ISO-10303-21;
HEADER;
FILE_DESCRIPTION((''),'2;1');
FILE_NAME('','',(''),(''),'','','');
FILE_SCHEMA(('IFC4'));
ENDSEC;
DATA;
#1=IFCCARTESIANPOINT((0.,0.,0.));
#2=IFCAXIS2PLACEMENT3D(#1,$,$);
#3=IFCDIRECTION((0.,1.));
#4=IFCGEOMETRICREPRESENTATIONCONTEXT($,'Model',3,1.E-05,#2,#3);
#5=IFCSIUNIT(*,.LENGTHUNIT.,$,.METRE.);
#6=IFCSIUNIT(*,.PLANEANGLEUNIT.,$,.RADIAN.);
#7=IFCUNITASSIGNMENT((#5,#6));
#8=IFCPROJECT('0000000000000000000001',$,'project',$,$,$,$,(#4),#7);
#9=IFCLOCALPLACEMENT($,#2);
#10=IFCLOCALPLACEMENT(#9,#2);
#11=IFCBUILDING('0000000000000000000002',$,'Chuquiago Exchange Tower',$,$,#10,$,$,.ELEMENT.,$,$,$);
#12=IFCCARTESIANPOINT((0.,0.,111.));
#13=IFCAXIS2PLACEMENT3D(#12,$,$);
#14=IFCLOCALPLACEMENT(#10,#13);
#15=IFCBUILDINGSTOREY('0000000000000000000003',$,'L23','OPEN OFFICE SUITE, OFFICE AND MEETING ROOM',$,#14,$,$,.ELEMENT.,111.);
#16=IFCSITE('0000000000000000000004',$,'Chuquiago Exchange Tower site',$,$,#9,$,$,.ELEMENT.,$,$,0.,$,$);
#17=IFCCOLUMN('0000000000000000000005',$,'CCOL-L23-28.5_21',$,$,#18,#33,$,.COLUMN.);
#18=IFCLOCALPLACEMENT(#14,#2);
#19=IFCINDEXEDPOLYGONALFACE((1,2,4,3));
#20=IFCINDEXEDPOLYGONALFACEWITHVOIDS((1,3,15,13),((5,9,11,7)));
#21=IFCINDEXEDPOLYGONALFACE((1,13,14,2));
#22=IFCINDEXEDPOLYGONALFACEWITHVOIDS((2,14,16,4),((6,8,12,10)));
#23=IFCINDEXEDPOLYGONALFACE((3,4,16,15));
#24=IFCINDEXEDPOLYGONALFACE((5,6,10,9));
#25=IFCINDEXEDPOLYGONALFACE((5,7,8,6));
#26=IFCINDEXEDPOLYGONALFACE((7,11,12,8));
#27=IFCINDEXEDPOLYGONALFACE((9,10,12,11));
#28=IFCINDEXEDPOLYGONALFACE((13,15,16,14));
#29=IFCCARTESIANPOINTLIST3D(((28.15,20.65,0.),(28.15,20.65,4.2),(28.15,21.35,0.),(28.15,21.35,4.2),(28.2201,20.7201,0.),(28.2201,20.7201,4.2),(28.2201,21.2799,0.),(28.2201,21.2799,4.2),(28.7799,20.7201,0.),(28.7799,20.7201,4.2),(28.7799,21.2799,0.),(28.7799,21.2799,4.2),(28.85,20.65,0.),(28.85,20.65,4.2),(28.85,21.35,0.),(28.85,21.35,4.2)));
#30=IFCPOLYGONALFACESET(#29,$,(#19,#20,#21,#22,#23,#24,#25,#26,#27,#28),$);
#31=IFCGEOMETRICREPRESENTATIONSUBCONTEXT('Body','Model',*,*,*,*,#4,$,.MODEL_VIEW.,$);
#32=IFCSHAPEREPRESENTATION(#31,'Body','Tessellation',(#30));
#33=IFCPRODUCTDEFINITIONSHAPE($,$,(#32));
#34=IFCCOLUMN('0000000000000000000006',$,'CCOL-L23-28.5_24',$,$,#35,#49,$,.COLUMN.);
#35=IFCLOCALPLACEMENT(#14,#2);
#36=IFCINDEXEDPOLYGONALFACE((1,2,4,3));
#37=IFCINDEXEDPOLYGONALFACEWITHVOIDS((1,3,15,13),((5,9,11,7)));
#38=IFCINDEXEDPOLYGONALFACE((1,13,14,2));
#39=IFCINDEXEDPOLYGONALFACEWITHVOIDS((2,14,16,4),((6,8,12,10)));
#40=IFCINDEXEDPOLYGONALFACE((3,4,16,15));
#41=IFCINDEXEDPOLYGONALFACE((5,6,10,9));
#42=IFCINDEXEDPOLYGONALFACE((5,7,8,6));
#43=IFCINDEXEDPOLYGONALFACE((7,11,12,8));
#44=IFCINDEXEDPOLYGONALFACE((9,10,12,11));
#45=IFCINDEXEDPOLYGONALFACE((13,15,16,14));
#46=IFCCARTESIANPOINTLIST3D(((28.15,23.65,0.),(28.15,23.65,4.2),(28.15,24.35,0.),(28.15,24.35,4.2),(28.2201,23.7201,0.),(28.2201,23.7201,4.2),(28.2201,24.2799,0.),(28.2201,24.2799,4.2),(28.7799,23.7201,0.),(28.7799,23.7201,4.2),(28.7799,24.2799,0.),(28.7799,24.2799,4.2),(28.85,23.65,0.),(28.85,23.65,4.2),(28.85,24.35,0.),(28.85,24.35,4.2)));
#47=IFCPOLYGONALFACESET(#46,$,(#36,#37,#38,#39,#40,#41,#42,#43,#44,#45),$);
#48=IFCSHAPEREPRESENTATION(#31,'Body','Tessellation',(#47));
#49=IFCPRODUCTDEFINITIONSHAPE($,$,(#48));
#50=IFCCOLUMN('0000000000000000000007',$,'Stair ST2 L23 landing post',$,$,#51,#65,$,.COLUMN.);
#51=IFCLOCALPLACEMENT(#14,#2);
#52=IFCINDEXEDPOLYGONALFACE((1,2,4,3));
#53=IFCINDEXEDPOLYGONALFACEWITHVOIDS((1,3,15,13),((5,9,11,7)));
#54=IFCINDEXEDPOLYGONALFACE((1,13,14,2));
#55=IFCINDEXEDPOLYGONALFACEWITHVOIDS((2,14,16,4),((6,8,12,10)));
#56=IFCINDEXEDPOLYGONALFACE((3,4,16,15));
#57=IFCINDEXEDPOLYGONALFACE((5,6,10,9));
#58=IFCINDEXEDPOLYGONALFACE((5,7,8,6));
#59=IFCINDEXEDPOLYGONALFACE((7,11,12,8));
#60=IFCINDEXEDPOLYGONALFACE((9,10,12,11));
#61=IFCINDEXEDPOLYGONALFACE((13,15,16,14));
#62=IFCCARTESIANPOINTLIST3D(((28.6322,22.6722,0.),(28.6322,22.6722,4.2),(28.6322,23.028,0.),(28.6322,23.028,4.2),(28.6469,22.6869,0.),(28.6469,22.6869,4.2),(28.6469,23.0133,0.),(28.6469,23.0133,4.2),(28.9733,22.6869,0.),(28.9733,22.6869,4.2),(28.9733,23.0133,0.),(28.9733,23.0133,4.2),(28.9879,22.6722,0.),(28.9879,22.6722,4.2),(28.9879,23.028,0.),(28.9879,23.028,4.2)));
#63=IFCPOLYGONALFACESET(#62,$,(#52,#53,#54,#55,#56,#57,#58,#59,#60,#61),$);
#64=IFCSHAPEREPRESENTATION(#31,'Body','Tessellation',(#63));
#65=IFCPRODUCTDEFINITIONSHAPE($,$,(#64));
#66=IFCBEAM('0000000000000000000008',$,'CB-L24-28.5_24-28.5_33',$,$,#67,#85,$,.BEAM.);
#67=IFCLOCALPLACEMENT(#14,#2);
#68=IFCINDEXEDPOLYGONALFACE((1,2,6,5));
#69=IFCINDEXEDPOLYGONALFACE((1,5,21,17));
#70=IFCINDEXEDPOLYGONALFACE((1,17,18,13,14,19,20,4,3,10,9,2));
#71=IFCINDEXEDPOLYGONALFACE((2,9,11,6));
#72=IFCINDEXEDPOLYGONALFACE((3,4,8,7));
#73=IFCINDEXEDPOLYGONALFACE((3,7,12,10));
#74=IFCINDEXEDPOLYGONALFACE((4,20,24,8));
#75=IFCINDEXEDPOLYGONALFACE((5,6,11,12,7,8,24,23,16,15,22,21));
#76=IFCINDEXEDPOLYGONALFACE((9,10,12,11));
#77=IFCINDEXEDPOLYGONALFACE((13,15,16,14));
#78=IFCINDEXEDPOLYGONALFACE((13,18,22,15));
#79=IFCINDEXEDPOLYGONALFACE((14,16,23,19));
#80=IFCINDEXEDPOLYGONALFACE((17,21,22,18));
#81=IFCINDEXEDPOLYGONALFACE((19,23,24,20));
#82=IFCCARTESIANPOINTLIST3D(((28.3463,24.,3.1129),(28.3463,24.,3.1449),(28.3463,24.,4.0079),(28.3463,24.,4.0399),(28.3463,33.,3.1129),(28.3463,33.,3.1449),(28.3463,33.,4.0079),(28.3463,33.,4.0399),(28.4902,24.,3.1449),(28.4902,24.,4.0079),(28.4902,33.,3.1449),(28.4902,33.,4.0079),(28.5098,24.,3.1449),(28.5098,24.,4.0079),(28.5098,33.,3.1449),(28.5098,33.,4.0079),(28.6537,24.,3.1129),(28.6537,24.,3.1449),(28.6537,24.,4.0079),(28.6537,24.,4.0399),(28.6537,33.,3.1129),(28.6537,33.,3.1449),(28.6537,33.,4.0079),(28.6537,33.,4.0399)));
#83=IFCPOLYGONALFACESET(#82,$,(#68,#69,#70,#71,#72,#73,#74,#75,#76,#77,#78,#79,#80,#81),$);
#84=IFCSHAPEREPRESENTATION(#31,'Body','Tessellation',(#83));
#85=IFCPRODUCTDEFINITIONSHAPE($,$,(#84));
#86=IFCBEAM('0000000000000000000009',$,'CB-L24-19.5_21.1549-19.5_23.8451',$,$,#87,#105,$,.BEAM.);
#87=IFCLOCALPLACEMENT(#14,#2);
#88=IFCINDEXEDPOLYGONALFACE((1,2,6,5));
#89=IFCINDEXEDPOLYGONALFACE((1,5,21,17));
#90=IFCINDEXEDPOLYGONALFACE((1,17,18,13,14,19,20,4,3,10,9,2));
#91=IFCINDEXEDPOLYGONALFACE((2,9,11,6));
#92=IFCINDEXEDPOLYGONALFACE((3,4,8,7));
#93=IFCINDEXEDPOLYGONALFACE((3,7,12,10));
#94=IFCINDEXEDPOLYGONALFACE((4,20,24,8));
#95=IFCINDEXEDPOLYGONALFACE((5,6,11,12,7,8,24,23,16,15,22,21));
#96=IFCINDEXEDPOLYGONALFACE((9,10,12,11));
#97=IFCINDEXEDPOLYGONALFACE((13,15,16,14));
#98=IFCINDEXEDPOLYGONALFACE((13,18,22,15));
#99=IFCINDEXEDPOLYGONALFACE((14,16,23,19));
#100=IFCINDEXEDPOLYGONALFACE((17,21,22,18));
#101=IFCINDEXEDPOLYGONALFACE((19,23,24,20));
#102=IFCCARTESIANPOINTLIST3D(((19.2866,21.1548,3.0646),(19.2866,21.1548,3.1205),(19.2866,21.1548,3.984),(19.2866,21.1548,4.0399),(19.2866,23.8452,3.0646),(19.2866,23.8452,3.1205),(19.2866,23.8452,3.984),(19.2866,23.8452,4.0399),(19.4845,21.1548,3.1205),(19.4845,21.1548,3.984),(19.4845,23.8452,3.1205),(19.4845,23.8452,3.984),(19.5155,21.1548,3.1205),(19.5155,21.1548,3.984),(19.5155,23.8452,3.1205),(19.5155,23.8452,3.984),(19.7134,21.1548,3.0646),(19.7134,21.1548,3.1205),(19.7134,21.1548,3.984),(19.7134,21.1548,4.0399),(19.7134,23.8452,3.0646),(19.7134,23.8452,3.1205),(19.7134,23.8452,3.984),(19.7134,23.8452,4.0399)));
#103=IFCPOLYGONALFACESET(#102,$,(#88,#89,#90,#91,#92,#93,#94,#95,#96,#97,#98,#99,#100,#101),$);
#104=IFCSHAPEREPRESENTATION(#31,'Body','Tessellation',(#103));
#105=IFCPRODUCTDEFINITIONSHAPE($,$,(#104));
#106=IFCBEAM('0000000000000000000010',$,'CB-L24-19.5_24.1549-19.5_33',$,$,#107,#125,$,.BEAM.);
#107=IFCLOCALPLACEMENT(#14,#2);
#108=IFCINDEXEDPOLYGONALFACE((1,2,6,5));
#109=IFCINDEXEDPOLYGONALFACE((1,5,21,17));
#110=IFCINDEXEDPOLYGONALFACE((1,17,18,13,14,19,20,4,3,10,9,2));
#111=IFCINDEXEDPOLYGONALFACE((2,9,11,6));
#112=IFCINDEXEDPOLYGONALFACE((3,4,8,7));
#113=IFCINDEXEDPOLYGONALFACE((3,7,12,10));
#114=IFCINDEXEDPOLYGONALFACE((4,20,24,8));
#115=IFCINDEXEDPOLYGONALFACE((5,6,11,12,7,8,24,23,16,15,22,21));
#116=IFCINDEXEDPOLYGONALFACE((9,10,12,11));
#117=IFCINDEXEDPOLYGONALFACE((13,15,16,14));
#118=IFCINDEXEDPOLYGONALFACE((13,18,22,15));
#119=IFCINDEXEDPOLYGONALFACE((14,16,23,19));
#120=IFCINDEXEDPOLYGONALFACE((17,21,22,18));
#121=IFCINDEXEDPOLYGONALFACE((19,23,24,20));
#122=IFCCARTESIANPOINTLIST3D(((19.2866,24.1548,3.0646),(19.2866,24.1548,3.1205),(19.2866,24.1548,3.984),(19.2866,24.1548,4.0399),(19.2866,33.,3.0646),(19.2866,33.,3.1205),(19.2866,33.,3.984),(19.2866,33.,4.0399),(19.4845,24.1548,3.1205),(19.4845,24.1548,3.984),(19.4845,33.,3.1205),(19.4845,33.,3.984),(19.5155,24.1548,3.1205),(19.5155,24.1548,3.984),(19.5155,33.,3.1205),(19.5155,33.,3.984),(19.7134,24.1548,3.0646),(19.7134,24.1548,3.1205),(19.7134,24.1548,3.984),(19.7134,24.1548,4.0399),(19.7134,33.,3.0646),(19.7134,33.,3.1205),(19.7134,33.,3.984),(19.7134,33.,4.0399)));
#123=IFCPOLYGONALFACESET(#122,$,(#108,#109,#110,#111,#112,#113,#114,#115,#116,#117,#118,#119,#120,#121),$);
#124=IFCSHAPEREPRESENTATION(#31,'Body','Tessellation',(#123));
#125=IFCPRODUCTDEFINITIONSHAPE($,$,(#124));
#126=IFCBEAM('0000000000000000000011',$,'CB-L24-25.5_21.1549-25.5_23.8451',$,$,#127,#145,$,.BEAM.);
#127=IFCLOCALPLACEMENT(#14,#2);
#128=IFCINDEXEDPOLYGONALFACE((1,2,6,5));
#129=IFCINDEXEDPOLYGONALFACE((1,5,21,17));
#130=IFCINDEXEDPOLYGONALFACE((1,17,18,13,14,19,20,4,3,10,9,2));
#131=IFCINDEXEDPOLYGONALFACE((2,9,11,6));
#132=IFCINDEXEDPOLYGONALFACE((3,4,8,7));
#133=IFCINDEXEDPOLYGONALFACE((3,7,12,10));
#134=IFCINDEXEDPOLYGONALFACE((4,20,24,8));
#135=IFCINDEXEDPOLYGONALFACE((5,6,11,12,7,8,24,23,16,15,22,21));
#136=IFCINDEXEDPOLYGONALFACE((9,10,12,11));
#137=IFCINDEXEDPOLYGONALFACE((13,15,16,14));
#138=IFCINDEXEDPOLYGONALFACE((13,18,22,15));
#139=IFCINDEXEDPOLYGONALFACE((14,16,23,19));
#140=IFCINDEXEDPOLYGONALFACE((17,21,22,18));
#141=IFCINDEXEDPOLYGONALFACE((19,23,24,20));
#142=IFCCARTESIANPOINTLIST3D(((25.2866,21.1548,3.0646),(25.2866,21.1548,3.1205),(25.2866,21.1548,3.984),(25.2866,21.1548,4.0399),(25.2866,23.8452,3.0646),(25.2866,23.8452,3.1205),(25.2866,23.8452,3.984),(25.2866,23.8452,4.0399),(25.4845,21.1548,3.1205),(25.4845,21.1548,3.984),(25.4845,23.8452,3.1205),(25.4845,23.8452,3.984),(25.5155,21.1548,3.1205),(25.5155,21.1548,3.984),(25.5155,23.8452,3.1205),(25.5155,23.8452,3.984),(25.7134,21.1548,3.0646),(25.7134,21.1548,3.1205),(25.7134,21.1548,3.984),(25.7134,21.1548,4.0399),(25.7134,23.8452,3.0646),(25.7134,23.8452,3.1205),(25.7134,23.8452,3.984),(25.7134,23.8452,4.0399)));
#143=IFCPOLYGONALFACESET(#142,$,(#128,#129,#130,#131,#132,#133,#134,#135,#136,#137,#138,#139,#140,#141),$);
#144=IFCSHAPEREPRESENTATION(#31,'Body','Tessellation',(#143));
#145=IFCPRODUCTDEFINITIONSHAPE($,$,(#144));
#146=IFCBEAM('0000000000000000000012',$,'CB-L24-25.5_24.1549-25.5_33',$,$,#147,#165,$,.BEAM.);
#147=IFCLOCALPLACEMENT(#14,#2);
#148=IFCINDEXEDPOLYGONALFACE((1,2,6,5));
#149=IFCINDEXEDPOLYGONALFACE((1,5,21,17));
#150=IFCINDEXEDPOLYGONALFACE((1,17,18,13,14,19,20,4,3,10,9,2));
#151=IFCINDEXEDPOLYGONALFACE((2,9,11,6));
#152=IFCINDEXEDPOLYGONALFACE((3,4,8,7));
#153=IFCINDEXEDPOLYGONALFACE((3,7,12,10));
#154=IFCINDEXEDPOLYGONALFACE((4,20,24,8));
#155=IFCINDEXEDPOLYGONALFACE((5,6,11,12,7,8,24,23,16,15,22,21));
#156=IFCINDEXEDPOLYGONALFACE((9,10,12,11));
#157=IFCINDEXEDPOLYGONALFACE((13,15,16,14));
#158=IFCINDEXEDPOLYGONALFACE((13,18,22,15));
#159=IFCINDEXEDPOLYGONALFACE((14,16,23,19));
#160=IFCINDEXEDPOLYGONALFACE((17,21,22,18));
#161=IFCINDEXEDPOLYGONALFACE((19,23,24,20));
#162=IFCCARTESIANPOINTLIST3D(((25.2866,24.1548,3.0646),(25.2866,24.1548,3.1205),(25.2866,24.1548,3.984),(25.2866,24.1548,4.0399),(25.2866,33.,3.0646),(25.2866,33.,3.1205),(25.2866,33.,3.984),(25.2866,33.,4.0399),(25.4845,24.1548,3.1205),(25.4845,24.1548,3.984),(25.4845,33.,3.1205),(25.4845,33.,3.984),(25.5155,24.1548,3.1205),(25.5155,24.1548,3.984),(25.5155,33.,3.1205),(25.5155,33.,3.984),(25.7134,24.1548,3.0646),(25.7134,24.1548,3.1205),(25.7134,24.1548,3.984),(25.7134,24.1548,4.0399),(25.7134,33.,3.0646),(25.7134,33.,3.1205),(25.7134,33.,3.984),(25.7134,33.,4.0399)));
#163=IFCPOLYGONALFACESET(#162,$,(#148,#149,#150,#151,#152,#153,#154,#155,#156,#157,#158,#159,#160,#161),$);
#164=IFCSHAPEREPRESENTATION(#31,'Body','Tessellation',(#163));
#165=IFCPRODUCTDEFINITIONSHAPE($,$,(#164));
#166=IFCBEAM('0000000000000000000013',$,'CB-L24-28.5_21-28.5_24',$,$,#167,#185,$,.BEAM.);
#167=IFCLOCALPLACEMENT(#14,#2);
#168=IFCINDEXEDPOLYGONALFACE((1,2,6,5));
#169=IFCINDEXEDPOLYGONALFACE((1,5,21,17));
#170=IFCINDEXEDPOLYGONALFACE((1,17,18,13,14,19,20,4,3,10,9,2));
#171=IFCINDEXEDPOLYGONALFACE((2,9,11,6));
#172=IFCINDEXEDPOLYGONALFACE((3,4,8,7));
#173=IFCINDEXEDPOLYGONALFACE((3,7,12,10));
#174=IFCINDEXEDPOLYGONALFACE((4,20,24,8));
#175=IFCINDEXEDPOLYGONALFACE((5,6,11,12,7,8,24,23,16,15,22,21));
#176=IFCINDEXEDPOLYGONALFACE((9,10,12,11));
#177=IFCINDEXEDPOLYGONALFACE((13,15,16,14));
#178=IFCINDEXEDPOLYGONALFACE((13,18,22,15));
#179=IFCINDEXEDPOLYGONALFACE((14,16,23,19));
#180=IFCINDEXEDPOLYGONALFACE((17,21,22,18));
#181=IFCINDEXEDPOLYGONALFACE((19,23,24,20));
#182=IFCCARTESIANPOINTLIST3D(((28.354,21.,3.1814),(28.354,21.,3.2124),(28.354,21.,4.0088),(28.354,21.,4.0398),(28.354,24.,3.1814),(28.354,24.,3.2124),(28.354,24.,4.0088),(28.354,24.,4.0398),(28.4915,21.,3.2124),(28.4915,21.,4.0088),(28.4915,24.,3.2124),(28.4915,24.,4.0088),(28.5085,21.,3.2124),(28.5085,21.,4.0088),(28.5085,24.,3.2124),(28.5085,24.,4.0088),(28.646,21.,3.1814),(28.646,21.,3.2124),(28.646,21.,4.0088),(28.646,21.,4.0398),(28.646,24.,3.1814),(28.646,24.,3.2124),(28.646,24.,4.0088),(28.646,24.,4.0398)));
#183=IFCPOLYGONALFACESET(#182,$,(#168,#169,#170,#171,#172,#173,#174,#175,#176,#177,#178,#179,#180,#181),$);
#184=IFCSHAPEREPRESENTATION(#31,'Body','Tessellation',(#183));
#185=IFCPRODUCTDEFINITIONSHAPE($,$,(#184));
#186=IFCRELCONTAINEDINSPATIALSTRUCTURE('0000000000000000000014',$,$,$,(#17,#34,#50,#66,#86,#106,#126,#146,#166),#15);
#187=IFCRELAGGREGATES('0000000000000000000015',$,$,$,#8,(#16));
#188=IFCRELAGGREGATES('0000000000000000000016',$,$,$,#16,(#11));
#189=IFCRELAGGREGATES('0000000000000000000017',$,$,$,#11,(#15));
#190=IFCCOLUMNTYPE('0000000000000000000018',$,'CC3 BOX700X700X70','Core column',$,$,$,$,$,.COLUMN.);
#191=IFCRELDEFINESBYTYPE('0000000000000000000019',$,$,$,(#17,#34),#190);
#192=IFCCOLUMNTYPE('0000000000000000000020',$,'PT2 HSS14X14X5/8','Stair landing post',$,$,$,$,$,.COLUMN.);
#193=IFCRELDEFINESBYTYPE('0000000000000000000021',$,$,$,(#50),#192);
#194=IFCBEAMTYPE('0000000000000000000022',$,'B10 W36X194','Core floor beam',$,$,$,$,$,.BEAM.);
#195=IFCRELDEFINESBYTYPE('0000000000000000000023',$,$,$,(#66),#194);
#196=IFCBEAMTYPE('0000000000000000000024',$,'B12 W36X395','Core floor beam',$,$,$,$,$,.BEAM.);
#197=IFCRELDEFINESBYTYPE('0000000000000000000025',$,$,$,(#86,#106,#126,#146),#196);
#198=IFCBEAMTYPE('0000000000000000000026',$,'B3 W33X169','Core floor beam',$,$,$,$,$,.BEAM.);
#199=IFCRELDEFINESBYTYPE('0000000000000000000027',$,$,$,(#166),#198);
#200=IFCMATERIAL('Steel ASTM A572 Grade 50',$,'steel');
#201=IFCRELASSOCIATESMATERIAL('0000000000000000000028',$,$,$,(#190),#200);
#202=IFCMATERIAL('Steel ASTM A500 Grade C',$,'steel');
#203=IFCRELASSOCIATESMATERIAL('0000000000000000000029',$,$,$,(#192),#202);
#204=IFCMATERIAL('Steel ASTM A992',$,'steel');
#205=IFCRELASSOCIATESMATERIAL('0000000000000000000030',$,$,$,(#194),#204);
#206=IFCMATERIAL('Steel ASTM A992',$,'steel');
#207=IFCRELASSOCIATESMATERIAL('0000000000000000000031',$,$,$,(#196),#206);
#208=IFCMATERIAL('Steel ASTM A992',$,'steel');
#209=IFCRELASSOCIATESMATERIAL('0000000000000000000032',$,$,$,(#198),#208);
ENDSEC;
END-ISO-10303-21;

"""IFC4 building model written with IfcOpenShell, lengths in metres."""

from ifc_helpers import new_model, si_unit, direction, frame, origin, origin_2d, place, context, subcontext, project, spatial, hollow_rectangle, i_section, extrude, material, material_profile, profile_set, type_object, element, save


model = new_model("IFC4")

# Units and contexts
model_context = context("Model", 3, precision=1e-05, world=origin(), true_north=direction((0.0, 1.0)))
body_context = subcontext(model_context, "Body", "Model", "MODEL_VIEW")
ifc_project = project(units=[si_unit("LENGTHUNIT", "METRE"), si_unit("PLANEANGLEUNIT", "RADIAN")], contexts=[model_context])

# Site, building, storey
site_placement = place(None, origin())
site = spatial("IfcSite", under=ifc_project, at=site_placement, Name="Chuquiago Exchange Tower site", CompositionType="ELEMENT", RefElevation=0.0)
building_placement = place(site_placement, origin())
building = spatial("IfcBuilding", under=site, at=building_placement, Name="Chuquiago Exchange Tower", CompositionType="ELEMENT")
storey_placement = place(building_placement, frame((0.0, 0.0, 111.0)))
storey = spatial("IfcBuildingStorey", under=building, at=storey_placement, Name="L23", Description="OPEN OFFICE SUITE, OFFICE AND MEETING ROOM", CompositionType="ELEMENT", Elevation=111.0)

# Columns
ifc_material_1 = material(Name="Steel ASTM A572 Grade 50", Category="steel")
ifc_material_profile_1 = material_profile(ifc_material_1, hollow_rectangle(XDim=0.7, YDim=0.7, WallThickness=0.0701, at=origin_2d()), Name="BOX700X700X70")
ifc_profile_set_1 = profile_set([ifc_material_profile_1], Name="Steel ASTM A572 Grade 50")
column_type_1 = type_object("IfcColumnType", Name="CC3 BOX700X700X70", Description="Core column", PredefinedType="COLUMN", material=ifc_profile_set_1)
for number, where, z_axis, x_axis, name in (
    (1, (28.5, 21.0, 0.0), (0.0, 0.0, 1.0), (1.0, 0.0, 0.0), "CCOL-L23-28.5_21"),
    (2, (28.5, 24.0, 0.0), (0.0, 0.0, 1.0), (1.0, 0.0, 0.0), "CCOL-L23-28.5_24"),
):
    element("IfcColumn", number, at=place(storey_placement, frame(where, z_axis=z_axis, x_axis=x_axis)), inside=storey, type_object=column_type_1, Name=name, PredefinedType="COLUMN", context=body_context, shape_type="SweptSolid", body=[
        extrude(hollow_rectangle(XDim=0.7, YDim=0.7, WallThickness=0.0701, at=origin_2d()), origin(), (0.0, 0.0, 1.0), 4.2),
    ])
ifc_material_2 = material(Name="Steel ASTM A500 Grade C", Category="steel")
ifc_material_profile_2 = material_profile(ifc_material_2, hollow_rectangle(XDim=0.3557, YDim=0.3557, WallThickness=0.0146, at=origin_2d()), Name="HSS14X14X5/8")
ifc_profile_set_2 = profile_set([ifc_material_profile_2], Name="Steel ASTM A500 Grade C")
column_type_2 = type_object("IfcColumnType", Name="PT2 HSS14X14X5/8", Description="Stair landing post", PredefinedType="COLUMN", material=ifc_profile_set_2)
column_placement = place(storey_placement, frame((28.8101, 22.8501, 0.0), z_axis=(0.0, 0.0, 1.0), x_axis=(1.0, 0.0, 0.0)))
element("IfcColumn", 3, at=column_placement, inside=storey, type_object=column_type_2, Name="Stair ST2 L23 landing post", PredefinedType="COLUMN", context=body_context, shape_type="SweptSolid", body=[
    extrude(hollow_rectangle(XDim=0.3557, YDim=0.3557, WallThickness=0.0146, at=origin_2d()), origin(), (0.0, 0.0, 1.0), 4.2),
])

# Beams
ifc_material_3 = material(Name="Steel ASTM A992", Category="steel")
ifc_material_profile_3 = material_profile(ifc_material_3, i_section(OverallWidth=0.3074, OverallDepth=0.927, WebThickness=0.0195, FlangeThickness=0.032, at=origin_2d()), Name="W36X194")
ifc_profile_set_3 = profile_set([ifc_material_profile_3], Name="Steel ASTM A992")
beam_type_1 = type_object("IfcBeamType", Name="B10 W36X194", Description="Core floor beam", PredefinedType="BEAM", material=ifc_profile_set_3)
beam_1_placement = place(storey_placement, frame((28.5, 24.0, 3.5764), z_axis=(0.0, 1.0, 0.0), x_axis=(-1.0, 0.0, 0.0)))
element("IfcBeam", 4, at=beam_1_placement, inside=storey, type_object=beam_type_1, Name="CB-L24-28.5_24-28.5_33", PredefinedType="BEAM", context=body_context, shape_type="SweptSolid", body=[
    extrude(i_section(OverallWidth=0.3074, OverallDepth=0.927, WebThickness=0.0195, FlangeThickness=0.032, at=origin_2d()), origin(), (0.0, 0.0, 1.0), 9.0),
])
ifc_material_4 = material(Name="Steel ASTM A992", Category="steel")
ifc_material_profile_4 = material_profile(ifc_material_4, i_section(OverallWidth=0.4268, OverallDepth=0.9753, WebThickness=0.031, FlangeThickness=0.0559, at=origin_2d()), Name="W36X395")
ifc_profile_set_4 = profile_set([ifc_material_profile_4], Name="Steel ASTM A992")
beam_type_2 = type_object("IfcBeamType", Name="B12 W36X395", Description="Core floor beam", PredefinedType="BEAM", material=ifc_profile_set_4)
beam_2_placement = place(storey_placement, frame((19.5, 21.1548, 3.5522), z_axis=(0.0, 1.0, 0.0), x_axis=(-1.0, 0.0, 0.0)))
element("IfcBeam", 5, at=beam_2_placement, inside=storey, type_object=beam_type_2, Name="CB-L24-19.5_21.1549-19.5_23.8451", PredefinedType="BEAM", context=body_context, shape_type="SweptSolid", body=[
    extrude(i_section(OverallWidth=0.4268, OverallDepth=0.9753, WebThickness=0.031, FlangeThickness=0.0559, at=origin_2d()), origin(), (0.0, 0.0, 1.0), 2.6904),
])
beam_3_placement = place(storey_placement, frame((19.5, 24.1548, 3.5522), z_axis=(0.0, 1.0, 0.0), x_axis=(-1.0, 0.0, 0.0)))
element("IfcBeam", 6, at=beam_3_placement, inside=storey, type_object=beam_type_2, Name="CB-L24-19.5_24.1549-19.5_33", PredefinedType="BEAM", context=body_context, shape_type="SweptSolid", body=[
    extrude(i_section(OverallWidth=0.4268, OverallDepth=0.9753, WebThickness=0.031, FlangeThickness=0.0559, at=origin_2d()), origin(), (0.0, 0.0, 1.0), 8.8452),
])
beam_4_placement = place(storey_placement, frame((25.5, 21.1548, 3.5522), z_axis=(0.0, 1.0, 0.0), x_axis=(-1.0, 0.0, 0.0)))
element("IfcBeam", 7, at=beam_4_placement, inside=storey, type_object=beam_type_2, Name="CB-L24-25.5_21.1549-25.5_23.8451", PredefinedType="BEAM", context=body_context, shape_type="SweptSolid", body=[
    extrude(i_section(OverallWidth=0.4268, OverallDepth=0.9753, WebThickness=0.031, FlangeThickness=0.0559, at=origin_2d()), origin(), (0.0, 0.0, 1.0), 2.6904),
])
beam_5_placement = place(storey_placement, frame((25.5, 24.1548, 3.5522), z_axis=(0.0, 1.0, 0.0), x_axis=(-1.0, 0.0, 0.0)))
element("IfcBeam", 8, at=beam_5_placement, inside=storey, type_object=beam_type_2, Name="CB-L24-25.5_24.1549-25.5_33", PredefinedType="BEAM", context=body_context, shape_type="SweptSolid", body=[
    extrude(i_section(OverallWidth=0.4268, OverallDepth=0.9753, WebThickness=0.031, FlangeThickness=0.0559, at=origin_2d()), origin(), (0.0, 0.0, 1.0), 8.8452),
])
ifc_material_5 = material(Name="Steel ASTM A992", Category="steel")
ifc_material_profile_5 = material_profile(ifc_material_5, i_section(OverallWidth=0.292, OverallDepth=0.8584, WebThickness=0.0171, FlangeThickness=0.031, at=origin_2d()), Name="W33X169")
ifc_profile_set_5 = profile_set([ifc_material_profile_5], Name="Steel ASTM A992")
beam_type_3 = type_object("IfcBeamType", Name="B3 W33X169", Description="Core floor beam", PredefinedType="BEAM", material=ifc_profile_set_5)
beam_6_placement = place(storey_placement, frame((28.5, 21.0, 3.6106), z_axis=(0.0, 1.0, 0.0), x_axis=(-1.0, 0.0, 0.0)))
element("IfcBeam", 9, at=beam_6_placement, inside=storey, type_object=beam_type_3, Name="CB-L24-28.5_21-28.5_24", PredefinedType="BEAM", context=body_context, shape_type="SweptSolid", body=[
    extrude(i_section(OverallWidth=0.292, OverallDepth=0.8584, WebThickness=0.0171, FlangeThickness=0.031, at=origin_2d()), origin(), (0.0, 0.0, 1.0), 3.0),
])

save(model, "model.ifc")
